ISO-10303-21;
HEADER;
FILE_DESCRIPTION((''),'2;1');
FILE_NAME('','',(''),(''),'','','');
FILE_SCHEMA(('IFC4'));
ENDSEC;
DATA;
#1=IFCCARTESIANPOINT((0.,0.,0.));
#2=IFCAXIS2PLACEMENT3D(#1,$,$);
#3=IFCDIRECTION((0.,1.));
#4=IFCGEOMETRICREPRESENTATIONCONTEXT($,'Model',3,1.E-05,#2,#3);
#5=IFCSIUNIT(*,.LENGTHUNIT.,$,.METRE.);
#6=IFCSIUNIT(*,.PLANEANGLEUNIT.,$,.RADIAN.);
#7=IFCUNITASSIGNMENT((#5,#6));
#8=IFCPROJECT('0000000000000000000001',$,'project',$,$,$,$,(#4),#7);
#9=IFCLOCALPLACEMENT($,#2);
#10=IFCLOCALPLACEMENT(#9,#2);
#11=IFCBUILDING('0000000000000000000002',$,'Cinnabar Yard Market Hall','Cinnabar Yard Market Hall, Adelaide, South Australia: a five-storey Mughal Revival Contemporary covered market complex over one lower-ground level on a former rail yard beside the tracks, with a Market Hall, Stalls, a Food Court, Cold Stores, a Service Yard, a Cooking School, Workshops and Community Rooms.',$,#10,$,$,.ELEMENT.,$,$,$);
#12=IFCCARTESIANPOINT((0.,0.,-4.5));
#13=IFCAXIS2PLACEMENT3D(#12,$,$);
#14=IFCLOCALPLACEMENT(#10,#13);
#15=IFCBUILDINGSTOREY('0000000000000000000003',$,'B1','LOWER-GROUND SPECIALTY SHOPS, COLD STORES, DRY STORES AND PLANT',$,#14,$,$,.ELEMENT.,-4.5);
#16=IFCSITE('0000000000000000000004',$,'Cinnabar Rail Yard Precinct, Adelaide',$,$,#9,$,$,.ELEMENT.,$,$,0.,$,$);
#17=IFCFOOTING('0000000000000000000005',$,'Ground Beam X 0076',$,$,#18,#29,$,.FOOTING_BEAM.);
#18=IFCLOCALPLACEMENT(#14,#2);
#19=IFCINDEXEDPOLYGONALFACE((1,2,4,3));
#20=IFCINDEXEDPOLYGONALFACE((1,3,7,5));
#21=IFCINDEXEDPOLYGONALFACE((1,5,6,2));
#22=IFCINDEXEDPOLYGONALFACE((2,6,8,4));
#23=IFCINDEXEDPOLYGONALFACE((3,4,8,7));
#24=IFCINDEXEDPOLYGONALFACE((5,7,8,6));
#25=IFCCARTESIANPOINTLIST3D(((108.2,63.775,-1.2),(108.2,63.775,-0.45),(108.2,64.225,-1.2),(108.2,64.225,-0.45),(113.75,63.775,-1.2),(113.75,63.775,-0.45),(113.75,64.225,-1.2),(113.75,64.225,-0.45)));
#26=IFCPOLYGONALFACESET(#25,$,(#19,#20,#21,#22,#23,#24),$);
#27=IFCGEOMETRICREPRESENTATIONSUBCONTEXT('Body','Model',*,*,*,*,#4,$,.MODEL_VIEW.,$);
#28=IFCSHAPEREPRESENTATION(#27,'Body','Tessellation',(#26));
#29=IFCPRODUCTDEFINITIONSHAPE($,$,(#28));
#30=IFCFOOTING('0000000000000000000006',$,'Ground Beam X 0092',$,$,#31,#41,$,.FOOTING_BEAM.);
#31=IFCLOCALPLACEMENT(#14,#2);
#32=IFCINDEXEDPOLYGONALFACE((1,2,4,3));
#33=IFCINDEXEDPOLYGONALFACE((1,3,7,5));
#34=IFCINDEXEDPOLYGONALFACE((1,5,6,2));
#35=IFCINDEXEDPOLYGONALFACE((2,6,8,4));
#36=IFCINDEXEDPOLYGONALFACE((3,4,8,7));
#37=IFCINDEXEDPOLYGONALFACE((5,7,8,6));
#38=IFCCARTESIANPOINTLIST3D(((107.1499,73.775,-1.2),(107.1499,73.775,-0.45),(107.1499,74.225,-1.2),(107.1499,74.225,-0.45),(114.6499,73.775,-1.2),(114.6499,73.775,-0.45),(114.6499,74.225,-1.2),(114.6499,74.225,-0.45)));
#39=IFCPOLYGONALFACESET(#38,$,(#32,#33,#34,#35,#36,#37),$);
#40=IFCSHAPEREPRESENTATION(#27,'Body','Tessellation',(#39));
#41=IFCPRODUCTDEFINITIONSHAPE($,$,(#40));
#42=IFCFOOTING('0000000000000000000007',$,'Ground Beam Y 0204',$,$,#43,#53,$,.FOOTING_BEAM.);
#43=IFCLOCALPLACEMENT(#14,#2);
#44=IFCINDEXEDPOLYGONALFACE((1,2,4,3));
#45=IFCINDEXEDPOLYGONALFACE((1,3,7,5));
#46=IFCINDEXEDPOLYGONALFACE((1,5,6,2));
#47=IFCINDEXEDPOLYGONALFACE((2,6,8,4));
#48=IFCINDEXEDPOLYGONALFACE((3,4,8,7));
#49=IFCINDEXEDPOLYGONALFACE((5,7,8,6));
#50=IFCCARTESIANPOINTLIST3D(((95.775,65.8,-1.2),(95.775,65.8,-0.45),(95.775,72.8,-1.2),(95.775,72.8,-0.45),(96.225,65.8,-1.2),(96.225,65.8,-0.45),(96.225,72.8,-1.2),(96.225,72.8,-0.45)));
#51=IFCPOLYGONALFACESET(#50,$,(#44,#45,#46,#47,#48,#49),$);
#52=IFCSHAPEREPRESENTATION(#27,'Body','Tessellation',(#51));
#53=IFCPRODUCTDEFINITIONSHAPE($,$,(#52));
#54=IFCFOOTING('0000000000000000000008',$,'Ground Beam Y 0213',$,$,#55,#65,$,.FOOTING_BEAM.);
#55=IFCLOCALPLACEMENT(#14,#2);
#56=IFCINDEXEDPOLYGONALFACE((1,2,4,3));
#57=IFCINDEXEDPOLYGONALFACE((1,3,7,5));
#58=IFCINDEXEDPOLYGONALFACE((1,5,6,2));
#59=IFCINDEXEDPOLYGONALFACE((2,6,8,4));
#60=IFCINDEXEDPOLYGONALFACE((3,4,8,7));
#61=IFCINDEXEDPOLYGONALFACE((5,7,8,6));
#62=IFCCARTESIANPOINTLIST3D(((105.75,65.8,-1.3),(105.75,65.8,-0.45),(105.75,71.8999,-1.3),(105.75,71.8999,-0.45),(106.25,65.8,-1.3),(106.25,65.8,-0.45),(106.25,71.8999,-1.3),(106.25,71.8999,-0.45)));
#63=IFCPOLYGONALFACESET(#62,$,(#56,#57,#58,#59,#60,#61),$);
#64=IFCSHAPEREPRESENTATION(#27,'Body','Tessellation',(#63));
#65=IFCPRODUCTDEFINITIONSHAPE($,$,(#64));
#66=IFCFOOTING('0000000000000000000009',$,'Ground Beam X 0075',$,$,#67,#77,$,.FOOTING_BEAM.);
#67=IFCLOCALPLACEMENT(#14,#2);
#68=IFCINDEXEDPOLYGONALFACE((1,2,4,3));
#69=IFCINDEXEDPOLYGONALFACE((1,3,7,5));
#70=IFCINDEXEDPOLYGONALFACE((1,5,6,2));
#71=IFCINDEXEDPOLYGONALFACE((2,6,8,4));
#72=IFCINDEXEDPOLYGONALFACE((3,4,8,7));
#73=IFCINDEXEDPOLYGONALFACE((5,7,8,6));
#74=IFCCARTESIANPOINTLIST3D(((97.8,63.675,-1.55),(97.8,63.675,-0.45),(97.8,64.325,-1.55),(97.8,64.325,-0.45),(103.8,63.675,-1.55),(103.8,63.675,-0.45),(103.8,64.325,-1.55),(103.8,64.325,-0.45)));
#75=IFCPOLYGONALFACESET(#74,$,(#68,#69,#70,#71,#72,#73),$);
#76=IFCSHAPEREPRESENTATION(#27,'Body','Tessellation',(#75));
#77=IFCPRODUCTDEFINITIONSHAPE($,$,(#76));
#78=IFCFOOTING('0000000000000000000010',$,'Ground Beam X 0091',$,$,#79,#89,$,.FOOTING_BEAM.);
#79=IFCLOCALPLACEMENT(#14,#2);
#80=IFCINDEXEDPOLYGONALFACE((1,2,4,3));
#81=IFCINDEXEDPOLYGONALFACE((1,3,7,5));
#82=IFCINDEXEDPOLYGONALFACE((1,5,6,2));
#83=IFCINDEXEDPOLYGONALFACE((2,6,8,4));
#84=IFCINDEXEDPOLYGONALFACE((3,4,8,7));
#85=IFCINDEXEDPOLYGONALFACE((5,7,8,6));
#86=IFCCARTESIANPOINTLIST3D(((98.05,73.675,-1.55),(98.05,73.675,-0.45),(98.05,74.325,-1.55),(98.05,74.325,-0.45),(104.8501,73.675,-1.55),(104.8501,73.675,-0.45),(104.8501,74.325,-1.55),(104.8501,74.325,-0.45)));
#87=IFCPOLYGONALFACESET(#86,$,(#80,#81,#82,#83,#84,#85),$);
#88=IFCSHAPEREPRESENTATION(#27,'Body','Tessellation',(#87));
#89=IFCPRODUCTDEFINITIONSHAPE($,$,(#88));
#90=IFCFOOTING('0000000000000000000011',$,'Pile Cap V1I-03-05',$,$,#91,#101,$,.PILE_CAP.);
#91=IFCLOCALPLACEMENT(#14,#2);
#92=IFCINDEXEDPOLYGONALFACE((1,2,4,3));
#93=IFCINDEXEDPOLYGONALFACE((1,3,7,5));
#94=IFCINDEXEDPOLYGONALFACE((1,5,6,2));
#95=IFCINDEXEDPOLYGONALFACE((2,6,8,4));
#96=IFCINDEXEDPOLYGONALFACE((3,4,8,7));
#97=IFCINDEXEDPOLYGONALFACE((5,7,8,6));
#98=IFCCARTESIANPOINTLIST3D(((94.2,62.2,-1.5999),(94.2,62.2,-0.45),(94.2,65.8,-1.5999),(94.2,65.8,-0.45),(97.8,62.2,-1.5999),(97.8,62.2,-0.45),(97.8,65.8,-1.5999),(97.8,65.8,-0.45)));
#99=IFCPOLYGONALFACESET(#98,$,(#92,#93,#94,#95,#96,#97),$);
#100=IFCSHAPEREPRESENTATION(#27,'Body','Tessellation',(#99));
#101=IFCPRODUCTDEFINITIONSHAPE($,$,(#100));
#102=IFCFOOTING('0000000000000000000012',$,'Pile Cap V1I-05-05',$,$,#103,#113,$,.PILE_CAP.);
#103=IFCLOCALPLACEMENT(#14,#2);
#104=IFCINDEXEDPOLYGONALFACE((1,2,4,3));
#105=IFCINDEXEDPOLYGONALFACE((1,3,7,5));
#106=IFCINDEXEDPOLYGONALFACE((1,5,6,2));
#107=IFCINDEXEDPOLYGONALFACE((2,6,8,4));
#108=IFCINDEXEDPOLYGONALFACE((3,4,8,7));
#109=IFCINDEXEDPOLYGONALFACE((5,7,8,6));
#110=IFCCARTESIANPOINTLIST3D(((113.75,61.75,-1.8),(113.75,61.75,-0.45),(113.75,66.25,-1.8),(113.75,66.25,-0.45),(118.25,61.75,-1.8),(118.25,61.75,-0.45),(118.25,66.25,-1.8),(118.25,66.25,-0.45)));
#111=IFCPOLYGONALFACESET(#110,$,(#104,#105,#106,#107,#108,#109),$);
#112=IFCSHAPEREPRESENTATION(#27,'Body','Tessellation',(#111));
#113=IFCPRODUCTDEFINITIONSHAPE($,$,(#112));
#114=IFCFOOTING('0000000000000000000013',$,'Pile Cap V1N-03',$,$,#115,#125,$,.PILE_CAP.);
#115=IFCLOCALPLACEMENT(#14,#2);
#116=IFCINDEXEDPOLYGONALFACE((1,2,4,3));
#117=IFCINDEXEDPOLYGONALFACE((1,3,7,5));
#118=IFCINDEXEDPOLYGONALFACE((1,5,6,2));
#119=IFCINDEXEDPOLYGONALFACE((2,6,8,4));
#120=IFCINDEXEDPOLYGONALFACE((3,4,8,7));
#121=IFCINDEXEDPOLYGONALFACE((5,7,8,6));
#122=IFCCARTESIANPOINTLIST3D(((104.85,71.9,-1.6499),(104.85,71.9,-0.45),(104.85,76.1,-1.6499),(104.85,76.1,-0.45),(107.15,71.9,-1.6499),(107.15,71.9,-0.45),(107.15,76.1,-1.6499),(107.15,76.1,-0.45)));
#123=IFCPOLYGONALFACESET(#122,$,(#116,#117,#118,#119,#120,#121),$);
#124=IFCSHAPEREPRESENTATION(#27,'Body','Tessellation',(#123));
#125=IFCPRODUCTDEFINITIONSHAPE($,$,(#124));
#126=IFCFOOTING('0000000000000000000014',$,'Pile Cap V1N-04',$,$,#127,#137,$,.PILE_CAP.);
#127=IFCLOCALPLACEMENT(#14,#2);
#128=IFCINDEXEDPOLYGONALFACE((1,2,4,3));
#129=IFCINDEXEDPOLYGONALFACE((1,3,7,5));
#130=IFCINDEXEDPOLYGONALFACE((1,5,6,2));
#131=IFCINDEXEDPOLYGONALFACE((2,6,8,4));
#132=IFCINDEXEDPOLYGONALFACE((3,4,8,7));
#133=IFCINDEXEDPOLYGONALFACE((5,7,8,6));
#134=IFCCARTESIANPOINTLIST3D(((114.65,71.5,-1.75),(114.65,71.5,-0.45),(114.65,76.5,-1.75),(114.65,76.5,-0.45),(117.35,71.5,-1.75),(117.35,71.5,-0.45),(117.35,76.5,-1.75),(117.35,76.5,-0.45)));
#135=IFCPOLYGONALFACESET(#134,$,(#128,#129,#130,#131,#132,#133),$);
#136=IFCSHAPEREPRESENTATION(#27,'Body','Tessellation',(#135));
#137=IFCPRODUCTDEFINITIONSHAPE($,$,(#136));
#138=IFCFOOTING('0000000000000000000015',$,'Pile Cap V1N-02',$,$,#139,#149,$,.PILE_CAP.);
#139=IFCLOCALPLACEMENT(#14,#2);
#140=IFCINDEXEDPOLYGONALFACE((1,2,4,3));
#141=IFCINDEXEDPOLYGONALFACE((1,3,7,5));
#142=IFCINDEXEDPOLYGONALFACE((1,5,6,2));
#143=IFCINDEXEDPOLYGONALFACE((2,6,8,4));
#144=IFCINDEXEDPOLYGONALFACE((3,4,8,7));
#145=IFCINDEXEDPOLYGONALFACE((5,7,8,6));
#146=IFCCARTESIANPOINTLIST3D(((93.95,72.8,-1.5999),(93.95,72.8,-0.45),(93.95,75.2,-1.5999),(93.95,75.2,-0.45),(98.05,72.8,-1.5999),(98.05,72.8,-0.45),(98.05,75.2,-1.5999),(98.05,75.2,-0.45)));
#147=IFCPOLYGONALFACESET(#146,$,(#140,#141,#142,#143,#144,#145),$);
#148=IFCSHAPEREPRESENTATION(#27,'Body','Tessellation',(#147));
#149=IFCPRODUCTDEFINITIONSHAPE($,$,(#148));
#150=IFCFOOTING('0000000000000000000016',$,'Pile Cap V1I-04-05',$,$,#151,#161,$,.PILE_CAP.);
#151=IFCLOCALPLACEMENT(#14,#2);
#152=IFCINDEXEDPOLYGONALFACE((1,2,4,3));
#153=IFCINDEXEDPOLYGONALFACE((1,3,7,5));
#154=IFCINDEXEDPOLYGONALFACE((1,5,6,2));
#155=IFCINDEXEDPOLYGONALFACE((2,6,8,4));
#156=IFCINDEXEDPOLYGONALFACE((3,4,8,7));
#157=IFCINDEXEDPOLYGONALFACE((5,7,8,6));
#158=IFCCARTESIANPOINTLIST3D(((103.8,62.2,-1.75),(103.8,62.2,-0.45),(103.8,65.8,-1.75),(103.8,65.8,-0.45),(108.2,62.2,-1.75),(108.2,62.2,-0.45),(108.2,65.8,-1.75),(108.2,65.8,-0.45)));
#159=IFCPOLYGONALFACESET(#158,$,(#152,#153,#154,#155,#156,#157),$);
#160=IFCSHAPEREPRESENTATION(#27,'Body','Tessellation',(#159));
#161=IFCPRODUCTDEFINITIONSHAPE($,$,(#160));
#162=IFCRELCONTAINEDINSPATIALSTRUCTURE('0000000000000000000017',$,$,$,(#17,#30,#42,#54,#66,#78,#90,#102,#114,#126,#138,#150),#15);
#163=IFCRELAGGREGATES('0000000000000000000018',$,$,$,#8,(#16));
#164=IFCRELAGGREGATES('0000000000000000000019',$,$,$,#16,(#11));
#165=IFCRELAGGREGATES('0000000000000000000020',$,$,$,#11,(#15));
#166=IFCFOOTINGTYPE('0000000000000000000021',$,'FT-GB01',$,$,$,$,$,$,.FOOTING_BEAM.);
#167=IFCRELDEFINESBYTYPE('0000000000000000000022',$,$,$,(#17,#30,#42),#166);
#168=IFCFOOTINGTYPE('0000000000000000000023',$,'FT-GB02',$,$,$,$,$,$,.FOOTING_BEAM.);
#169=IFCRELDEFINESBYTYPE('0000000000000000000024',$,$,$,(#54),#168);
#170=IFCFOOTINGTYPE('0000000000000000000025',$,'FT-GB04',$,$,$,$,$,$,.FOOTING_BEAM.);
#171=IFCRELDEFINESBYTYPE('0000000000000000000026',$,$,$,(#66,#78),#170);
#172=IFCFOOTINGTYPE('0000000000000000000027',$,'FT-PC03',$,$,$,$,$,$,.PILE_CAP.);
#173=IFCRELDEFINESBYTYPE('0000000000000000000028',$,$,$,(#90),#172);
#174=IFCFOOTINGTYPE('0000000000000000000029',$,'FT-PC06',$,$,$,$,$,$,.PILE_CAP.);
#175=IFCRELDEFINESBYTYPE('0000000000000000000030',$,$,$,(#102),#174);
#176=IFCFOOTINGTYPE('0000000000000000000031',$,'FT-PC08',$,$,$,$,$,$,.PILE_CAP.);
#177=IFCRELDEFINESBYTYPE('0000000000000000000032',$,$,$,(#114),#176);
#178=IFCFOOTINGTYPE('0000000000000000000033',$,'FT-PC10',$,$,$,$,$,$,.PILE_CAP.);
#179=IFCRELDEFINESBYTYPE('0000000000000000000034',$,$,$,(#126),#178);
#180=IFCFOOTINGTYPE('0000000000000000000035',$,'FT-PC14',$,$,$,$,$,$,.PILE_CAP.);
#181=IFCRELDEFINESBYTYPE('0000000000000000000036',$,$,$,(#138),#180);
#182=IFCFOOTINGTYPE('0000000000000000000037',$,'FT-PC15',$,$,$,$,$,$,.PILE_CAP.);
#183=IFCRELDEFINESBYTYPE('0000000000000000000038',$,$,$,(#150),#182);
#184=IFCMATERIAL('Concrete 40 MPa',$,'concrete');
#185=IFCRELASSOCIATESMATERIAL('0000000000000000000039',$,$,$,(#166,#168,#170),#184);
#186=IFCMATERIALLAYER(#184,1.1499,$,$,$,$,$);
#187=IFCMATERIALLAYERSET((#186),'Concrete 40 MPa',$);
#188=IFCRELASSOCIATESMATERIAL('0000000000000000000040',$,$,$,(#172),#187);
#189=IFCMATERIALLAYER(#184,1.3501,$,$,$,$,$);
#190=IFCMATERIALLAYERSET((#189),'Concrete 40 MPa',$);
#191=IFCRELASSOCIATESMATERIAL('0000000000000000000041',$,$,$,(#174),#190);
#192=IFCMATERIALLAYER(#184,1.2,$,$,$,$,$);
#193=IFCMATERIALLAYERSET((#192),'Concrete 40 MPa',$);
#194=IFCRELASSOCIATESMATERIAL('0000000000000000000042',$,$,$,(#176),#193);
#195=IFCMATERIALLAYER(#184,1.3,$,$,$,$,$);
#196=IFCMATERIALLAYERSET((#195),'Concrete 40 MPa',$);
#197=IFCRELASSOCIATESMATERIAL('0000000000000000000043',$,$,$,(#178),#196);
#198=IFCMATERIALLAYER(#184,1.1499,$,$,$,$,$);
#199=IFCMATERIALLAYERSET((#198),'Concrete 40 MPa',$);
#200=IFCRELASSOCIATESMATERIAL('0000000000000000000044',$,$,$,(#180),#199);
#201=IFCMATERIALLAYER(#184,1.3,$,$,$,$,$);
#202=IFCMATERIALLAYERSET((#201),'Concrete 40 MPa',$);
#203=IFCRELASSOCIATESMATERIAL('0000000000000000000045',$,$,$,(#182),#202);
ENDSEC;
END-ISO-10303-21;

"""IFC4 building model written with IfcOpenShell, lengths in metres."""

from ifc_helpers import new_model, si_unit, direction, frame, origin, origin_2d_with_axis, place, context, subcontext, project, spatial, rectangle, extrude, material, layer, layer_set, material_profile, profile_set, type_object, element, save


model = new_model("IFC4")

# Units and contexts
model_context = context("Model", 3, precision=1e-05, world=origin(), true_north=direction((0.0, 1.0)))
body_context = subcontext(model_context, "Body", "Model", "MODEL_VIEW")
ifc_project = project(units=[si_unit("LENGTHUNIT", "METRE"), si_unit("PLANEANGLEUNIT", "RADIAN")], contexts=[model_context])

# Site, building, storey
site_placement = place(None, origin())
site = spatial("IfcSite", under=ifc_project, at=site_placement, Name="Cinnabar Rail Yard Precinct, Adelaide", CompositionType="ELEMENT", RefElevation=0.0)
building_placement = place(site_placement, origin())
building = spatial("IfcBuilding", under=site, at=building_placement, Name="Cinnabar Yard Market Hall", Description="Cinnabar Yard Market Hall, Adelaide, South Australia: a five-storey Mughal Revival Contemporary covered market complex over one lower-ground level on a former rail yard beside the tracks, with a Market Hall, Stalls, a Food Court, Cold Stores, a Service Yard, a Cooking School, Workshops and Community Rooms.", CompositionType="ELEMENT")
storey_placement = place(building_placement, frame((0.0, 0.0, -4.5)))
storey = spatial("IfcBuildingStorey", under=building, at=storey_placement, Name="B1", Description="LOWER-GROUND SPECIALTY SHOPS, COLD STORES, DRY STORES AND PLANT", CompositionType="ELEMENT", Elevation=-4.5)

# Footings
ifc_material_1 = material(Name="Concrete 40 MPa", Category="concrete")
ifc_material_profile_1 = material_profile(ifc_material_1, rectangle(XDim=0.45, YDim=0.75, at=origin_2d_with_axis()), Name="GB-450x750")
ifc_profile_set_1 = profile_set([ifc_material_profile_1], Name="Concrete 40 MPa")
footing_type_1 = type_object("IfcFootingType", Name="FT-GB01", PredefinedType="FOOTING_BEAM", material=ifc_profile_set_1)
footing_1_placement = place(storey_placement, frame((108.2, 64.0, -0.825), z_axis=(1.0, 0.0, 0.0), x_axis=(0.0, 1.0, 0.0)))
element("IfcFooting", 1, at=footing_1_placement, inside=storey, type_object=footing_type_1, Name="Ground Beam X 0076", PredefinedType="FOOTING_BEAM", context=body_context, shape_type="SweptSolid", body=[
    extrude(rectangle(XDim=0.45, YDim=0.75, at=origin_2d_with_axis()), origin(), (0.0, 0.0, 1.0), 5.55),
])
footing_2_placement = place(storey_placement, frame((107.1499, 74.0, -0.825), z_axis=(1.0, 0.0, 0.0), x_axis=(0.0, 1.0, 0.0)))
element("IfcFooting", 2, at=footing_2_placement, inside=storey, type_object=footing_type_1, Name="Ground Beam X 0092", PredefinedType="FOOTING_BEAM", context=body_context, shape_type="SweptSolid", body=[
    extrude(rectangle(XDim=0.45, YDim=0.75, at=origin_2d_with_axis()), origin(), (0.0, 0.0, 1.0), 7.5),
])
footing_3_placement = place(storey_placement, frame((96.0, 65.8, -0.825), z_axis=(0.0, 1.0, 0.0), x_axis=(-1.0, 0.0, 0.0)))
element("IfcFooting", 3, at=footing_3_placement, inside=storey, type_object=footing_type_1, Name="Ground Beam Y 0204", PredefinedType="FOOTING_BEAM", context=body_context, shape_type="SweptSolid", body=[
    extrude(rectangle(XDim=0.45, YDim=0.75, at=origin_2d_with_axis()), origin(), (0.0, 0.0, 1.0), 7.0),
])
ifc_material_profile_2 = material_profile(ifc_material_1, rectangle(XDim=0.5, YDim=0.8501, at=origin_2d_with_axis()), Name="GB-500x850")
ifc_profile_set_2 = profile_set([ifc_material_profile_2], Name="Concrete 40 MPa")
footing_type_2 = type_object("IfcFootingType", Name="FT-GB02", PredefinedType="FOOTING_BEAM", material=ifc_profile_set_2)
footing_4_placement = place(storey_placement, frame((106.0, 65.8, -0.875), z_axis=(0.0, 1.0, 0.0), x_axis=(-1.0, 0.0, 0.0)))
element("IfcFooting", 4, at=footing_4_placement, inside=storey, type_object=footing_type_2, Name="Ground Beam Y 0213", PredefinedType="FOOTING_BEAM", context=body_context, shape_type="SweptSolid", body=[
    extrude(rectangle(XDim=0.5, YDim=0.8501, at=origin_2d_with_axis()), origin(), (0.0, 0.0, 1.0), 6.0999),
])
ifc_material_profile_3 = material_profile(ifc_material_1, rectangle(XDim=0.6499, YDim=1.1001, at=origin_2d_with_axis()), Name="GB-650x1100")
ifc_profile_set_3 = profile_set([ifc_material_profile_3], Name="Concrete 40 MPa")
footing_type_3 = type_object("IfcFootingType", Name="FT-GB04", PredefinedType="FOOTING_BEAM", material=ifc_profile_set_3)
footing_5_placement = place(storey_placement, frame((97.8, 64.0, -1.0), z_axis=(1.0, 0.0, 0.0), x_axis=(0.0, 1.0, 0.0)))
element("IfcFooting", 5, at=footing_5_placement, inside=storey, type_object=footing_type_3, Name="Ground Beam X 0075", PredefinedType="FOOTING_BEAM", context=body_context, shape_type="SweptSolid", body=[
    extrude(rectangle(XDim=0.6499, YDim=1.1001, at=origin_2d_with_axis()), origin(), (0.0, 0.0, 1.0), 6.0),
])
footing_6_placement = place(storey_placement, frame((98.05, 74.0, -1.0), z_axis=(1.0, 0.0, 0.0), x_axis=(0.0, 1.0, 0.0)))
element("IfcFooting", 6, at=footing_6_placement, inside=storey, type_object=footing_type_3, Name="Ground Beam X 0091", PredefinedType="FOOTING_BEAM", context=body_context, shape_type="SweptSolid", body=[
    extrude(rectangle(XDim=0.6499, YDim=1.1001, at=origin_2d_with_axis()), origin(), (0.0, 0.0, 1.0), 6.8),
])
ifc_layer_1 = layer(ifc_material_1, 1.1499)
ifc_layer_set_1 = layer_set([ifc_layer_1], Name="Concrete 40 MPa")
footing_type_4 = type_object("IfcFootingType", Name="FT-PC03", PredefinedType="PILE_CAP", material=ifc_layer_set_1)
footing_7_placement = place(storey_placement, frame((96.0, 64.0, -1.5999), z_axis=(0.0, 0.0, 1.0), x_axis=(1.0, 0.0, 0.0)))
element("IfcFooting", 7, at=footing_7_placement, inside=storey, type_object=footing_type_4, Name="Pile Cap V1I-03-05", PredefinedType="PILE_CAP", context=body_context, shape_type="SweptSolid", body=[
    extrude(rectangle(XDim=3.6001, YDim=3.6001, at=origin_2d_with_axis()), origin(), (0.0, 0.0, 1.0), 1.1499),
])
ifc_layer_2 = layer(ifc_material_1, 1.3501)
ifc_layer_set_2 = layer_set([ifc_layer_2], Name="Concrete 40 MPa")
footing_type_5 = type_object("IfcFootingType", Name="FT-PC06", PredefinedType="PILE_CAP", material=ifc_layer_set_2)
footing_8_placement = place(storey_placement, frame((116.0, 64.0, -1.8), z_axis=(0.0, 0.0, 1.0), x_axis=(1.0, 0.0, 0.0)))
element("IfcFooting", 8, at=footing_8_placement, inside=storey, type_object=footing_type_5, Name="Pile Cap V1I-05-05", PredefinedType="PILE_CAP", context=body_context, shape_type="SweptSolid", body=[
    extrude(rectangle(XDim=4.5, YDim=4.5, at=origin_2d_with_axis()), origin(), (0.0, 0.0, 1.0), 1.3501),
])
ifc_layer_3 = layer(ifc_material_1, 1.2)
ifc_layer_set_3 = layer_set([ifc_layer_3], Name="Concrete 40 MPa")
footing_type_6 = type_object("IfcFootingType", Name="FT-PC08", PredefinedType="PILE_CAP", material=ifc_layer_set_3)
footing_9_placement = place(storey_placement, frame((106.0, 74.0, -1.6499), z_axis=(0.0, 0.0, 1.0), x_axis=(1.0, 0.0, 0.0)))
element("IfcFooting", 9, at=footing_9_placement, inside=storey, type_object=footing_type_6, Name="Pile Cap V1N-03", PredefinedType="PILE_CAP", context=body_context, shape_type="SweptSolid", body=[
    extrude(rectangle(XDim=2.3, YDim=4.2, at=origin_2d_with_axis()), origin(), (0.0, 0.0, 1.0), 1.2),
])
ifc_layer_4 = layer(ifc_material_1, 1.3)
ifc_layer_set_4 = layer_set([ifc_layer_4], Name="Concrete 40 MPa")
footing_type_7 = type_object("IfcFootingType", Name="FT-PC10", PredefinedType="PILE_CAP", material=ifc_layer_set_4)
footing_10_placement = place(storey_placement, frame((116.0, 74.0, -1.75), z_axis=(0.0, 0.0, 1.0), x_axis=(1.0, 0.0, 0.0)))
element("IfcFooting", 10, at=footing_10_placement, inside=storey, type_object=footing_type_7, Name="Pile Cap V1N-04", PredefinedType="PILE_CAP", context=body_context, shape_type="SweptSolid", body=[
    extrude(rectangle(XDim=2.7, YDim=5.0, at=origin_2d_with_axis()), origin(), (0.0, 0.0, 1.0), 1.3),
])
ifc_layer_5 = layer(ifc_material_1, 1.1499)
ifc_layer_set_5 = layer_set([ifc_layer_5], Name="Concrete 40 MPa")
footing_type_8 = type_object("IfcFootingType", Name="FT-PC14", PredefinedType="PILE_CAP", material=ifc_layer_set_5)
footing_11_placement = place(storey_placement, frame((96.0, 74.0, -1.5999), z_axis=(0.0, 0.0, 1.0), x_axis=(1.0, 0.0, 0.0)))
element("IfcFooting", 11, at=footing_11_placement, inside=storey, type_object=footing_type_8, Name="Pile Cap V1N-02", PredefinedType="PILE_CAP", context=body_context, shape_type="SweptSolid", body=[
    extrude(rectangle(XDim=4.1001, YDim=2.3999, at=origin_2d_with_axis()), origin(), (0.0, 0.0, 1.0), 1.1499),
])
ifc_layer_6 = layer(ifc_material_1, 1.3)
ifc_layer_set_6 = layer_set([ifc_layer_6], Name="Concrete 40 MPa")
footing_type_9 = type_object("IfcFootingType", Name="FT-PC15", PredefinedType="PILE_CAP", material=ifc_layer_set_6)
footing_12_placement = place(storey_placement, frame((106.0, 64.0, -1.75), z_axis=(0.0, 0.0, 1.0), x_axis=(1.0, 0.0, 0.0)))
element("IfcFooting", 12, at=footing_12_placement, inside=storey, type_object=footing_type_9, Name="Pile Cap V1I-04-05", PredefinedType="PILE_CAP", context=body_context, shape_type="SweptSolid", body=[
    extrude(rectangle(XDim=4.3999, YDim=3.6001, at=origin_2d_with_axis()), origin(), (0.0, 0.0, 1.0), 1.3),
])

save(model, "model.ifc")
